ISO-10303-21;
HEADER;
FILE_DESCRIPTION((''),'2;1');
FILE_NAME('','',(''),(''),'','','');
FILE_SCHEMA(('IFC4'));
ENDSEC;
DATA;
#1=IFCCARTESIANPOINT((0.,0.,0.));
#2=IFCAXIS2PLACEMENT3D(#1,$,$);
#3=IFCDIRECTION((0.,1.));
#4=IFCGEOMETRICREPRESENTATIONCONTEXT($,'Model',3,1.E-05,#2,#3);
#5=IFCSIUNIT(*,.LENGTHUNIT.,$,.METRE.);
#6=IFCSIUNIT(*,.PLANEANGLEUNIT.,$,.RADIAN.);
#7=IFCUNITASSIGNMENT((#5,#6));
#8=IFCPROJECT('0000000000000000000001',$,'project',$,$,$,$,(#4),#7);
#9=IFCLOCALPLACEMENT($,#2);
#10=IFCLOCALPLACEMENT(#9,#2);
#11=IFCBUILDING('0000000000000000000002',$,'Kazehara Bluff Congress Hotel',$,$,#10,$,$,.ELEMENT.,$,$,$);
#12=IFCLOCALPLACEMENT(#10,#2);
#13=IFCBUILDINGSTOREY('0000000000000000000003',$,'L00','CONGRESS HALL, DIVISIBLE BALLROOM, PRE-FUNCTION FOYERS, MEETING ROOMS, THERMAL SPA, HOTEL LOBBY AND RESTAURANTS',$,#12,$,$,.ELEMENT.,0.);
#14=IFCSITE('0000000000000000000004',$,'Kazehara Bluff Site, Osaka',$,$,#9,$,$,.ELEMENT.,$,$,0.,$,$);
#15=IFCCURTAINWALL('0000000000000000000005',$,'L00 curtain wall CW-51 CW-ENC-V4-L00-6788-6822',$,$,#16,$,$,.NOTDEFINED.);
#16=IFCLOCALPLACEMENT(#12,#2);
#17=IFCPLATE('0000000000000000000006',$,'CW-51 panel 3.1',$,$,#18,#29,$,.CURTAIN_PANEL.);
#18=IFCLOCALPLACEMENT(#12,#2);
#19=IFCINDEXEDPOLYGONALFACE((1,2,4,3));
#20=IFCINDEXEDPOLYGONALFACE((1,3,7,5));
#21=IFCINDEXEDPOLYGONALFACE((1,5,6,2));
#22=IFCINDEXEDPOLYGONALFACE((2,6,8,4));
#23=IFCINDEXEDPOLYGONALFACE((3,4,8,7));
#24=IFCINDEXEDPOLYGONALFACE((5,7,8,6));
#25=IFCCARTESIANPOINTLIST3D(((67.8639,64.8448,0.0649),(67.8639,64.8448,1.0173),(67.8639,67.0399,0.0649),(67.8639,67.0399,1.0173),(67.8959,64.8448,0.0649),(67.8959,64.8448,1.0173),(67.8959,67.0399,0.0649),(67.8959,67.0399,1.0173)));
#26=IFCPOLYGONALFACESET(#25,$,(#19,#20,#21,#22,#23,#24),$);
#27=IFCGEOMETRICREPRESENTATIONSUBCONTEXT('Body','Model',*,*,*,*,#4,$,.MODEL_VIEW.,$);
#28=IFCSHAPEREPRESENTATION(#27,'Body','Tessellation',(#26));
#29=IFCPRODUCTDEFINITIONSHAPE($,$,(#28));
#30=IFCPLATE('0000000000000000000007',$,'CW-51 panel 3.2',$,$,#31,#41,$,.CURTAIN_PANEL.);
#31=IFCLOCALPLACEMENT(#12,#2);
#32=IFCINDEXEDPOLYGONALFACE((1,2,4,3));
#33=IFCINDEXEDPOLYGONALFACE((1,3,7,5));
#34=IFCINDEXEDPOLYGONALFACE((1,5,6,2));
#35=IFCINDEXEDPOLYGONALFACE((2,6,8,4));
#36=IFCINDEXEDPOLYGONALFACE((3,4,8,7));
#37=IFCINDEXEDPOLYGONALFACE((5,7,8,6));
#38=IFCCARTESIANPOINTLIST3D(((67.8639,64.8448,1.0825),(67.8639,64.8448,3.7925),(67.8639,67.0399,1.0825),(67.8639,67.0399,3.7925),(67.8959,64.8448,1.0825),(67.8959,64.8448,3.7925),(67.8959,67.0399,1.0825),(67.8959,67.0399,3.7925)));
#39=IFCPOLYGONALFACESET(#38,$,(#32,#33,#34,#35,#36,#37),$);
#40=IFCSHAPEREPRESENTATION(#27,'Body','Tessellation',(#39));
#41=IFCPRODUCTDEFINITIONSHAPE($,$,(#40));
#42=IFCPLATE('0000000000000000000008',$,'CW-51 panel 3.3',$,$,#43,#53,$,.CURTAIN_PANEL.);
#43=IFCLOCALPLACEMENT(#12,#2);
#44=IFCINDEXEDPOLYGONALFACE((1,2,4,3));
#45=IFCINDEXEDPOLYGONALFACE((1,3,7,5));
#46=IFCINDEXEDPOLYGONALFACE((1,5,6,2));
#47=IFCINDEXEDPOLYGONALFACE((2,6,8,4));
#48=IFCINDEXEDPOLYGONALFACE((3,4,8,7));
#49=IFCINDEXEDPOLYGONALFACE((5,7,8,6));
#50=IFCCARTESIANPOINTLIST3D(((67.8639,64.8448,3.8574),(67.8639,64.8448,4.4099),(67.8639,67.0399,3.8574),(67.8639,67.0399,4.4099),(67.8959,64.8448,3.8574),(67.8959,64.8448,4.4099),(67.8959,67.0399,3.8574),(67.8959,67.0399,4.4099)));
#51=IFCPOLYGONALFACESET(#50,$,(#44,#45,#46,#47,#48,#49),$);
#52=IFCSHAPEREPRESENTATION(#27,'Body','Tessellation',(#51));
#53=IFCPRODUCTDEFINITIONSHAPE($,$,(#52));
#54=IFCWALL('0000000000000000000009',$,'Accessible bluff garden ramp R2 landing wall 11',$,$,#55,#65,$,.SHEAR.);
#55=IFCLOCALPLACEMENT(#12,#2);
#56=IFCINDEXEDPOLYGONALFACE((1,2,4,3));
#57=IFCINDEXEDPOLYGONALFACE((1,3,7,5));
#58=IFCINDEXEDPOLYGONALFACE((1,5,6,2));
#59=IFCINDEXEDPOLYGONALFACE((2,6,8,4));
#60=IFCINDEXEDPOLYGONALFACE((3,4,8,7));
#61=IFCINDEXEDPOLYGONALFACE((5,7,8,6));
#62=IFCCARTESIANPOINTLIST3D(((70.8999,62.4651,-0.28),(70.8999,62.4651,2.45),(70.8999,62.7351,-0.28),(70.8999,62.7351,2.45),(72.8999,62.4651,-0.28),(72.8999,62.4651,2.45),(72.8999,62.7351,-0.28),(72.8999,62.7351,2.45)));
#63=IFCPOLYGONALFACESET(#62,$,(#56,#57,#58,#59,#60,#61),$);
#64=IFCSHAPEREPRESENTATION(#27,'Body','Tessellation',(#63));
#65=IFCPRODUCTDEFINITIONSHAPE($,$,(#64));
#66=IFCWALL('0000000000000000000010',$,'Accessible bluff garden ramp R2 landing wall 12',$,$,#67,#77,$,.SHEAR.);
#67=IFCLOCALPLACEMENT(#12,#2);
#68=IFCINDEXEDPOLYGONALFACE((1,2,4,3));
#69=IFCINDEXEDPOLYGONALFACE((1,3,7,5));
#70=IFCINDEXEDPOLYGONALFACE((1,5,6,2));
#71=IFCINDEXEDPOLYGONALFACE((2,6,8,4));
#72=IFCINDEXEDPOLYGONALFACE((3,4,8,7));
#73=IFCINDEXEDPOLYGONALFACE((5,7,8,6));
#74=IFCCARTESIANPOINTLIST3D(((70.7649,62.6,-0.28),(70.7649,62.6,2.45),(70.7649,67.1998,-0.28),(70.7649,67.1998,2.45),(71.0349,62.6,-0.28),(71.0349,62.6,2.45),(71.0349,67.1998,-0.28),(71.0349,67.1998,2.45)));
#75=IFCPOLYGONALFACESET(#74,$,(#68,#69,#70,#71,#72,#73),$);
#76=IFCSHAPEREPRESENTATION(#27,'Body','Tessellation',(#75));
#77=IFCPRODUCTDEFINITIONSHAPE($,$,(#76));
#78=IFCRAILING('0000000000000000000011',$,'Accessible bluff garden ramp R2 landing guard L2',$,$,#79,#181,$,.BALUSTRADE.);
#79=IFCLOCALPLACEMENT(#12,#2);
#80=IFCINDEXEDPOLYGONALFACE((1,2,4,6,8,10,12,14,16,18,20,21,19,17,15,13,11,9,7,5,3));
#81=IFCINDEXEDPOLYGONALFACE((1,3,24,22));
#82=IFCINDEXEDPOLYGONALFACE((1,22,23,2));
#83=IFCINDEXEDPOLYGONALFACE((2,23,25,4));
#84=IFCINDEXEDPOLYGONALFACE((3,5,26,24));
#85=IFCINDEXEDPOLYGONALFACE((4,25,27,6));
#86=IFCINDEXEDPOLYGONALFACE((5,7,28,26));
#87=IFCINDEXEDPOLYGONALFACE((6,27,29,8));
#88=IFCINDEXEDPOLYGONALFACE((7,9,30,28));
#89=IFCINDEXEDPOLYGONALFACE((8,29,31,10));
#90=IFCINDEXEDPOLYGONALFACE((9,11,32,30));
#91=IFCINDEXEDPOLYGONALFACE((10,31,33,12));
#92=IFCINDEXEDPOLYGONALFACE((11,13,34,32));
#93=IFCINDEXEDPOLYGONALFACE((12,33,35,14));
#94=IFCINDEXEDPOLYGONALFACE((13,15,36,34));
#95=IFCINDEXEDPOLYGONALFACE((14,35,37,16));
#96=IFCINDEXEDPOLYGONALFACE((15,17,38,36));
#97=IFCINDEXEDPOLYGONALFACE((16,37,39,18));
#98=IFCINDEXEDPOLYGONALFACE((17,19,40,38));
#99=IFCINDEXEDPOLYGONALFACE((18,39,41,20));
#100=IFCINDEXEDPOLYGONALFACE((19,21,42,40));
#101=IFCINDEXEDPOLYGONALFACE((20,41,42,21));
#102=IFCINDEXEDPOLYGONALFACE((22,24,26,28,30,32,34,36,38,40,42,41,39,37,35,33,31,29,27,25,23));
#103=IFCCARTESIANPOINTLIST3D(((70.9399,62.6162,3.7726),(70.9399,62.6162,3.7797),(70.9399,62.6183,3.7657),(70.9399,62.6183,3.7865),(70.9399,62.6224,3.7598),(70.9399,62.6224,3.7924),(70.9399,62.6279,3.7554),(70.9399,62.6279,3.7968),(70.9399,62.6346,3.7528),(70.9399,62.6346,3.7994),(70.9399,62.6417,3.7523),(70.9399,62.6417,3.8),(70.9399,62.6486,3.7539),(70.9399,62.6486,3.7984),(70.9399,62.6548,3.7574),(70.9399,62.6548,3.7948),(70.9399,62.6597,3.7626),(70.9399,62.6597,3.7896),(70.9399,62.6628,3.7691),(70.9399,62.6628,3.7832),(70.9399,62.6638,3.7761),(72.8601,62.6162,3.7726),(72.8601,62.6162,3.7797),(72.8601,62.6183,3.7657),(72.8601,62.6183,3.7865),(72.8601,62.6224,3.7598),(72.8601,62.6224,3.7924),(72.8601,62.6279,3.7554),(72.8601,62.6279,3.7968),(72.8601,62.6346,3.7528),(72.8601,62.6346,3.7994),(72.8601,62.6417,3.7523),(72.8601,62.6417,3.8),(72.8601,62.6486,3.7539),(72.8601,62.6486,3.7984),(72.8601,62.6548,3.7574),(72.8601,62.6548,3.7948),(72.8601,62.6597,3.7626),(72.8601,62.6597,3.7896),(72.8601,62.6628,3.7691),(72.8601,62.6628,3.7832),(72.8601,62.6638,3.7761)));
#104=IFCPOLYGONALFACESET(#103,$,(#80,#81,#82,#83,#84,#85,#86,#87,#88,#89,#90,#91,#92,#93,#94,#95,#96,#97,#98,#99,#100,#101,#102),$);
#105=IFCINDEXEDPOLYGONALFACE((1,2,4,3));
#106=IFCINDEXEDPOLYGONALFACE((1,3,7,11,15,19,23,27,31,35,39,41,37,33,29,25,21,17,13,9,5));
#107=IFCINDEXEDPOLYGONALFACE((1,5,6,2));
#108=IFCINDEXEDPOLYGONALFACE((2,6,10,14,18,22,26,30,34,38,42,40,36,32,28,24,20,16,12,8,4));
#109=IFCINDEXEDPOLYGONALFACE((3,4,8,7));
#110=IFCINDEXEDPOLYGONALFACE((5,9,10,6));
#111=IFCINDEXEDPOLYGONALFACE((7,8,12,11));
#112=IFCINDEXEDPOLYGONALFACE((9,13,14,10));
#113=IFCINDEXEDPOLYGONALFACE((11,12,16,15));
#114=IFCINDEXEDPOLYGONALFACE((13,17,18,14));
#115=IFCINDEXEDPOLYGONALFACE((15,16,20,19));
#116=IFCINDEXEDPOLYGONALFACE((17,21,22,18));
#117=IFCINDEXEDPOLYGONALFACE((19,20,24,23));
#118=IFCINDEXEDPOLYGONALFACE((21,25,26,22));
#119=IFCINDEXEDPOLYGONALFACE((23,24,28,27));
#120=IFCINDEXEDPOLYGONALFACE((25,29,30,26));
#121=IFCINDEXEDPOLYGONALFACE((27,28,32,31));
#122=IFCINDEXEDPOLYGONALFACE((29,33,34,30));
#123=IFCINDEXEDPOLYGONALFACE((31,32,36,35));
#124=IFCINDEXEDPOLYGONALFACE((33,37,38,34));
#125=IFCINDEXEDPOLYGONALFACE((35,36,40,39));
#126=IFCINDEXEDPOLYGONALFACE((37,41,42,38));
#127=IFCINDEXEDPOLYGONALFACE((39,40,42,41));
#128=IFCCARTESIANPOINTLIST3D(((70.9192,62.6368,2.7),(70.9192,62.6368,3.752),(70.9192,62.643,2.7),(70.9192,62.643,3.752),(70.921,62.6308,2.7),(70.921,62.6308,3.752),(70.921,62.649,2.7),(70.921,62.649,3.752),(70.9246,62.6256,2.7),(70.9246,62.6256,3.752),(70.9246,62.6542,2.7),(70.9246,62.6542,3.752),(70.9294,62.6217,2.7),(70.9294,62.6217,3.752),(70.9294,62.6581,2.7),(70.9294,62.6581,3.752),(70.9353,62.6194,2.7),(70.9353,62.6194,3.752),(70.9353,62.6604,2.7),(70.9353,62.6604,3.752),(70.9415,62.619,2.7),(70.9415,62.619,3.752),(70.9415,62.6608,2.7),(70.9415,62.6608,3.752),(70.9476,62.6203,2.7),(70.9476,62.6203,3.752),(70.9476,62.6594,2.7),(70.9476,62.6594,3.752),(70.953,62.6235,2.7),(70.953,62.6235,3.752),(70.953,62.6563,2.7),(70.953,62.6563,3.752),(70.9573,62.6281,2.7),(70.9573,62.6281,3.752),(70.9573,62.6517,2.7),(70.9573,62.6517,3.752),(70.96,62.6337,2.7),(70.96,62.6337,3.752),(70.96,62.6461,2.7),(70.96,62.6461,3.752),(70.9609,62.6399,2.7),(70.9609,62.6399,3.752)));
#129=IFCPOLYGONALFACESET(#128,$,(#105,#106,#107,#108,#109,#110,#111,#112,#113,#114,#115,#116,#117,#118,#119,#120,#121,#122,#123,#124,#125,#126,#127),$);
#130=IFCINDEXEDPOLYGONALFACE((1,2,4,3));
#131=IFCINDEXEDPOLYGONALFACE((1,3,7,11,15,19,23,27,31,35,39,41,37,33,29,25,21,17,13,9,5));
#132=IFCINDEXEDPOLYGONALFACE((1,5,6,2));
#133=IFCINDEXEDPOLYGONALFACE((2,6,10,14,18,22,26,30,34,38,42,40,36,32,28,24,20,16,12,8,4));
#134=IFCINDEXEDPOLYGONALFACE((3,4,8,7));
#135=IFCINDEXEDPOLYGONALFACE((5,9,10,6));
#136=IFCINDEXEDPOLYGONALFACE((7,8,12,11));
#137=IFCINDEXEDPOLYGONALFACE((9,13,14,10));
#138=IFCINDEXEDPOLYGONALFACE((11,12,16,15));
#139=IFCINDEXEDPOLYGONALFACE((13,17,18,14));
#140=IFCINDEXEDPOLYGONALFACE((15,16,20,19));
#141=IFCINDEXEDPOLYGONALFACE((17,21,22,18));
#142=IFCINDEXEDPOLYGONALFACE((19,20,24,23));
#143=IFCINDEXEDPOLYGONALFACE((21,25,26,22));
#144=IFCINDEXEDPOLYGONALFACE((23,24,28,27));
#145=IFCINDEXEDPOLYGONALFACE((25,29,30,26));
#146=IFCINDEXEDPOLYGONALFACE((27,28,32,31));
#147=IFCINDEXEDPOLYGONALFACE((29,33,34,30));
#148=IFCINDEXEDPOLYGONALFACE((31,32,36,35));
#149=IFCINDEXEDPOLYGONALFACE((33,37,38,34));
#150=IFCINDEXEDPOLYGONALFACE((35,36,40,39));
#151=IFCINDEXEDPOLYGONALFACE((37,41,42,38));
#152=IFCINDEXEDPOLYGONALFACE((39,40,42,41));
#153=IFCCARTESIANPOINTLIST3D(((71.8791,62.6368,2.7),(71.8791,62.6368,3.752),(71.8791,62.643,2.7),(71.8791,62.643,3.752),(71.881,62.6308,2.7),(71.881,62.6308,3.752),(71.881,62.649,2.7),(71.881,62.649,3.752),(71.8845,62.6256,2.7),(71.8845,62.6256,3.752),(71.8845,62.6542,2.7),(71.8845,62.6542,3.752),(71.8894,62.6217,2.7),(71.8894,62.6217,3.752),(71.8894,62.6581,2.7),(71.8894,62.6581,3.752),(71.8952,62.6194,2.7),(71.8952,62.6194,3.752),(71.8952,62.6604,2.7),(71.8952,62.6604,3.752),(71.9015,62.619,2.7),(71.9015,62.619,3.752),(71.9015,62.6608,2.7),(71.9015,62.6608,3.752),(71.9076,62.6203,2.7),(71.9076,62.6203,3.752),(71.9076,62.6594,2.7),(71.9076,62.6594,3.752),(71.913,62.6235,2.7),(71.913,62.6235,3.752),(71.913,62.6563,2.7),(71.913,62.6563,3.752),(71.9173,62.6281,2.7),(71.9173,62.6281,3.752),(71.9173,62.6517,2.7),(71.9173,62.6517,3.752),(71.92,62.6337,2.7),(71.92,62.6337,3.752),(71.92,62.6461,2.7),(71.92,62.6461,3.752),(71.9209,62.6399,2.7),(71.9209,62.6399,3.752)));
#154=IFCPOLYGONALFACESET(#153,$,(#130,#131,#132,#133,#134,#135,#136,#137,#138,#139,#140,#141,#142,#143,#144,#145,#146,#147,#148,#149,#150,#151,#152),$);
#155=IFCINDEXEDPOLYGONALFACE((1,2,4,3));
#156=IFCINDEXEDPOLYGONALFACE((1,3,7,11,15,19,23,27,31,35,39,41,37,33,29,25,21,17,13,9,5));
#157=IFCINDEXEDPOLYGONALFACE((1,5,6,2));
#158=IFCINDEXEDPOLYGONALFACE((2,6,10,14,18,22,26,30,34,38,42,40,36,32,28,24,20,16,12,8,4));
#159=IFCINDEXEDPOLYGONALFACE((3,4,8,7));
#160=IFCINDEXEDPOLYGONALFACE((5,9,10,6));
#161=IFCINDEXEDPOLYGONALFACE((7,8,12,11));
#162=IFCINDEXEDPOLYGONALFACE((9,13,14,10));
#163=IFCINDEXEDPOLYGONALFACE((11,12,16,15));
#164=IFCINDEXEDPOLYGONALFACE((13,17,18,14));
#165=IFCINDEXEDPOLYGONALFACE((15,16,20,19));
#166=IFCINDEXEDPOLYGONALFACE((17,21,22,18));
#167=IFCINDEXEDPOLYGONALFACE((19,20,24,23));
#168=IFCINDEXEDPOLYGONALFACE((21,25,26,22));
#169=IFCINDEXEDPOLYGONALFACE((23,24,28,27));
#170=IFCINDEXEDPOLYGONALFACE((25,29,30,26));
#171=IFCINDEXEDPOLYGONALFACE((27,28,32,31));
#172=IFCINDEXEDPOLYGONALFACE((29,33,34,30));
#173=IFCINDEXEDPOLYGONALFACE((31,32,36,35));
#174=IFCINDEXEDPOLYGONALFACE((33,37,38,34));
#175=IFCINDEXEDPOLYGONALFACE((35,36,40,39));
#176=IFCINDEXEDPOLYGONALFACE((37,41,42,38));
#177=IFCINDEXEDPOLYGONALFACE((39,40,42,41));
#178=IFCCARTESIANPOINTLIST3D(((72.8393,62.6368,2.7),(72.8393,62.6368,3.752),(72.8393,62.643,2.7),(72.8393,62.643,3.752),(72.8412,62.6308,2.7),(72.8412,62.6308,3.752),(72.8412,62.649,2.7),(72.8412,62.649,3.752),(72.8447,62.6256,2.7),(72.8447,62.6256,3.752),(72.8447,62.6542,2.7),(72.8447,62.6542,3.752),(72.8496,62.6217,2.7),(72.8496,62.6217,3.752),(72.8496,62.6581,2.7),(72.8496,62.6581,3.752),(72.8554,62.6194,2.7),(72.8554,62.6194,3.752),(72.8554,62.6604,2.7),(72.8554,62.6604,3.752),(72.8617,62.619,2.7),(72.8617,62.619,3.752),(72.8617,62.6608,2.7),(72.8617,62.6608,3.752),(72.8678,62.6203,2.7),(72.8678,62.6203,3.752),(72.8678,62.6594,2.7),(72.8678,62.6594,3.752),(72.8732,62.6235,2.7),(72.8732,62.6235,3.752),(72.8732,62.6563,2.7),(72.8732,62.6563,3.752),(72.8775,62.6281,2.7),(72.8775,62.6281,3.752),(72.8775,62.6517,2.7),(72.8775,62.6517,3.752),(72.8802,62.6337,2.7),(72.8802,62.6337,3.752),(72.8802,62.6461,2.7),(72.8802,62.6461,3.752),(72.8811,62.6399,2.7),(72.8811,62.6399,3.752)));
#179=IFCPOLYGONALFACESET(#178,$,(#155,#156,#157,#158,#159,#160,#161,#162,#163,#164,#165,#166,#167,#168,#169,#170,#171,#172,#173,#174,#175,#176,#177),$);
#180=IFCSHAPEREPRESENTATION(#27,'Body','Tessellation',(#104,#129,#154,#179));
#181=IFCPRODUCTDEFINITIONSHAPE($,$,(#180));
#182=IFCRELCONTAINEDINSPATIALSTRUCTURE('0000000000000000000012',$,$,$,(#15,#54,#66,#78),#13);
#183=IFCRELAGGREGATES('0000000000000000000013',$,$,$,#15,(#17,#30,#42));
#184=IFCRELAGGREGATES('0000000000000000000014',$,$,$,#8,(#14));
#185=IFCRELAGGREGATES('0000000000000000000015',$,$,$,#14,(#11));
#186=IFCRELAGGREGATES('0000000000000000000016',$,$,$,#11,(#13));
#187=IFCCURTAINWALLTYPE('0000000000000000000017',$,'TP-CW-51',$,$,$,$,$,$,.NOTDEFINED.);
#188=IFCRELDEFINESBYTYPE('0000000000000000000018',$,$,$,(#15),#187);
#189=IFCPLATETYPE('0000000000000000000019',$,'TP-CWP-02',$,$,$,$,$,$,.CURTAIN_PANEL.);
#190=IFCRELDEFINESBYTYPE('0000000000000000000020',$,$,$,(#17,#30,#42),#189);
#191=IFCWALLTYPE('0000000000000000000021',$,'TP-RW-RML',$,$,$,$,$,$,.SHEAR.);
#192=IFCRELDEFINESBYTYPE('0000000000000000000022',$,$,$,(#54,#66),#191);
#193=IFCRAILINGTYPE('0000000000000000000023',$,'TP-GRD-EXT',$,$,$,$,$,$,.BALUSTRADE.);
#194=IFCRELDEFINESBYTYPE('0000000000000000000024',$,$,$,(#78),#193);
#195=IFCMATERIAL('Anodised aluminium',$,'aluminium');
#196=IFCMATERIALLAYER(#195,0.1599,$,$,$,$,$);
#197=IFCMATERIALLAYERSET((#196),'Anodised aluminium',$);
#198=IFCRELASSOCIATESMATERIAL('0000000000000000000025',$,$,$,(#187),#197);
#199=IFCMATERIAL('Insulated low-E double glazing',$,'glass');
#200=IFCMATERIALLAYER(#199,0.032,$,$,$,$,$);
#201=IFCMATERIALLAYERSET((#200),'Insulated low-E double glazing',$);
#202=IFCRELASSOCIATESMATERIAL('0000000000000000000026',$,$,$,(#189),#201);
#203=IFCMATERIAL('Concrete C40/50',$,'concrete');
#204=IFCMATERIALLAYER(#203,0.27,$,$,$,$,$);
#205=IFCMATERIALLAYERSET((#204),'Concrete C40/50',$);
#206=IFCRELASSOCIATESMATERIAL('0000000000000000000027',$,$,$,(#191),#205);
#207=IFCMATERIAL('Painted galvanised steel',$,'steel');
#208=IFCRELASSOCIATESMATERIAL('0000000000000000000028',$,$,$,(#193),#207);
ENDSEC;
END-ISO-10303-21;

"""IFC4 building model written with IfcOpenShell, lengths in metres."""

from ifc_helpers import new_model, si_unit, direction, frame, frame_2d, origin, origin_2d, place, context, subcontext, project, spatial, rectangle, circle, extrude, material, layer, layer_set, type_object, element, aggregate, save


model = new_model("IFC4")

# Units and contexts
model_context = context("Model", 3, precision=1e-05, world=origin(), true_north=direction((0.0, 1.0)))
body_context = subcontext(model_context, "Body", "Model", "MODEL_VIEW")
ifc_project = project(units=[si_unit("LENGTHUNIT", "METRE"), si_unit("PLANEANGLEUNIT", "RADIAN")], contexts=[model_context])

# Site, building, storey
site_placement = place(None, origin())
site = spatial("IfcSite", under=ifc_project, at=site_placement, Name="Kazehara Bluff Site, Osaka", CompositionType="ELEMENT", RefElevation=0.0)
building_placement = place(site_placement, origin())
building = spatial("IfcBuilding", under=site, at=building_placement, Name="Kazehara Bluff Congress Hotel", CompositionType="ELEMENT")
storey_placement = place(building_placement, origin())
storey = spatial("IfcBuildingStorey", under=building, at=storey_placement, Name="L00", Description="CONGRESS HALL, DIVISIBLE BALLROOM, PRE-FUNCTION FOYERS, MEETING ROOMS, THERMAL SPA, HOTEL LOBBY AND RESTAURANTS", CompositionType="ELEMENT", Elevation=0.0)

# Curtain wall
ifc_material_1 = material(Name="Anodised aluminium", Category="aluminium")
ifc_layer_1 = layer(ifc_material_1, 0.1599)
ifc_layer_set_1 = layer_set([ifc_layer_1], Name="Anodised aluminium")
curtain_wall_type_1 = type_object("IfcCurtainWallType", Name="TP-CW-51", PredefinedType="NOTDEFINED", material=ifc_layer_set_1)
curtain_wall_1_placement = place(storey_placement, origin())
curtain_wall_1 = element("IfcCurtainWall", 1, at=curtain_wall_1_placement, inside=storey, type_object=curtain_wall_type_1, Name="L00 curtain wall CW-51 CW-ENC-V4-L00-6788-6822", PredefinedType="NOTDEFINED")

# Plates
ifc_material_2 = material(Name="Insulated low-E double glazing", Category="glass")
ifc_layer_2 = layer(ifc_material_2, 0.032)
ifc_layer_set_2 = layer_set([ifc_layer_2], Name="Insulated low-E double glazing")
plate_type = type_object("IfcPlateType", Name="TP-CWP-02", PredefinedType="CURTAIN_PANEL", material=ifc_layer_set_2)
plate_1_placement = place(storey_placement, frame((67.8799, 65.9424, 0.0649), z_axis=(0.0, 0.0, 1.0), x_axis=(0.0, -1.0, 0.0)))
plate_1 = element("IfcPlate", 2, at=plate_1_placement, type_object=plate_type, Name="CW-51 panel 3.1", PredefinedType="CURTAIN_PANEL", context=body_context, shape_type="SweptSolid", body=[
    extrude(rectangle(XDim=2.1951, YDim=0.032, at=origin_2d()), origin(), (0.0, 0.0, 1.0), 0.9524),
])
plate_2_placement = place(storey_placement, frame((67.8799, 65.9424, 1.0825), z_axis=(0.0, 0.0, 1.0), x_axis=(0.0, -1.0, 0.0)))
plate_2 = element("IfcPlate", 3, at=plate_2_placement, type_object=plate_type, Name="CW-51 panel 3.2", PredefinedType="CURTAIN_PANEL", context=body_context, shape_type="SweptSolid", body=[
    extrude(rectangle(XDim=2.1951, YDim=0.032, at=origin_2d()), origin(), (0.0, 0.0, 1.0), 2.71),
])
plate_3_placement = place(storey_placement, frame((67.8799, 65.9424, 3.8574), z_axis=(0.0, 0.0, 1.0), x_axis=(0.0, -1.0, 0.0)))
plate_3 = element("IfcPlate", 4, at=plate_3_placement, type_object=plate_type, Name="CW-51 panel 3.3", PredefinedType="CURTAIN_PANEL", context=body_context, shape_type="SweptSolid", body=[
    extrude(rectangle(XDim=2.1951, YDim=0.032, at=origin_2d()), origin(), (0.0, 0.0, 1.0), 0.5525),
])
aggregate(curtain_wall_1, [plate_1, plate_2, plate_3])

# Walls
ifc_material_3 = material(Name="Concrete C40/50", Category="concrete")
ifc_layer_3 = layer(ifc_material_3, 0.27)
ifc_layer_set_3 = layer_set([ifc_layer_3], Name="Concrete C40/50")
wall_type = type_object("IfcWallType", Name="TP-RW-RML", PredefinedType="SHEAR", material=ifc_layer_set_3)
wall_1_placement = place(storey_placement, frame((70.8999, 62.6001, -0.28), z_axis=(0.0, 0.0, 1.0), x_axis=(1.0, 0.0, 0.0)))
element("IfcWall", 5, at=wall_1_placement, inside=storey, type_object=wall_type, Name="Accessible bluff garden ramp R2 landing wall 11", PredefinedType="SHEAR", context=body_context, shape_type="SweptSolid", body=[
    extrude(rectangle(XDim=2.0, YDim=0.27, at=frame_2d((1.0, 0.0))), origin(), (0.0, 0.0, 1.0), 2.73),
])
wall_2_placement = place(storey_placement, frame((70.8999, 62.6001, -0.28), z_axis=(0.0, 0.0, 1.0), x_axis=(0.0, 1.0, 0.0)))
element("IfcWall", 6, at=wall_2_placement, inside=storey, type_object=wall_type, Name="Accessible bluff garden ramp R2 landing wall 12", PredefinedType="SHEAR", context=body_context, shape_type="SweptSolid", body=[
    extrude(rectangle(XDim=4.5999, YDim=0.27, at=frame_2d((2.2998, 0.0))), origin(), (0.0, 0.0, 1.0), 2.73),
])

# Railing
ifc_material_4 = material(Name="Painted galvanised steel", Category="steel")
railing_type = type_object("IfcRailingType", Name="TP-GRD-EXT", PredefinedType="BALUSTRADE", material=ifc_material_4)
railing_1_placement = place(storey_placement, frame((70.9399, 62.6399, 2.7)))
element("IfcRailing", 7, at=railing_1_placement, inside=storey, type_object=railing_type, Name="Accessible bluff garden ramp R2 landing guard L2", PredefinedType="BALUSTRADE", context=body_context, shape_type="SweptSolid", body=[
    extrude(circle(Radius=0.0239, at=origin_2d()), frame((0.0, 0.0, 1.0762), z_axis=(1.0, 0.0, 0.0), x_axis=(0.0, 1.0, 0.0)), (0.0, 0.0, 1.0), 1.9202),
    extrude(circle(Radius=0.021, at=origin_2d()), origin(), (0.0, 0.0, 1.0), 1.052),
    extrude(circle(Radius=0.021, at=origin_2d()), frame((0.96, 0.0, 0.0)), (0.0, 0.0, 1.0), 1.052),
    extrude(circle(Radius=0.021, at=origin_2d()), frame((1.9202, 0.0, 0.0)), (0.0, 0.0, 1.0), 1.052),
])

save(model, "model.ifc")
